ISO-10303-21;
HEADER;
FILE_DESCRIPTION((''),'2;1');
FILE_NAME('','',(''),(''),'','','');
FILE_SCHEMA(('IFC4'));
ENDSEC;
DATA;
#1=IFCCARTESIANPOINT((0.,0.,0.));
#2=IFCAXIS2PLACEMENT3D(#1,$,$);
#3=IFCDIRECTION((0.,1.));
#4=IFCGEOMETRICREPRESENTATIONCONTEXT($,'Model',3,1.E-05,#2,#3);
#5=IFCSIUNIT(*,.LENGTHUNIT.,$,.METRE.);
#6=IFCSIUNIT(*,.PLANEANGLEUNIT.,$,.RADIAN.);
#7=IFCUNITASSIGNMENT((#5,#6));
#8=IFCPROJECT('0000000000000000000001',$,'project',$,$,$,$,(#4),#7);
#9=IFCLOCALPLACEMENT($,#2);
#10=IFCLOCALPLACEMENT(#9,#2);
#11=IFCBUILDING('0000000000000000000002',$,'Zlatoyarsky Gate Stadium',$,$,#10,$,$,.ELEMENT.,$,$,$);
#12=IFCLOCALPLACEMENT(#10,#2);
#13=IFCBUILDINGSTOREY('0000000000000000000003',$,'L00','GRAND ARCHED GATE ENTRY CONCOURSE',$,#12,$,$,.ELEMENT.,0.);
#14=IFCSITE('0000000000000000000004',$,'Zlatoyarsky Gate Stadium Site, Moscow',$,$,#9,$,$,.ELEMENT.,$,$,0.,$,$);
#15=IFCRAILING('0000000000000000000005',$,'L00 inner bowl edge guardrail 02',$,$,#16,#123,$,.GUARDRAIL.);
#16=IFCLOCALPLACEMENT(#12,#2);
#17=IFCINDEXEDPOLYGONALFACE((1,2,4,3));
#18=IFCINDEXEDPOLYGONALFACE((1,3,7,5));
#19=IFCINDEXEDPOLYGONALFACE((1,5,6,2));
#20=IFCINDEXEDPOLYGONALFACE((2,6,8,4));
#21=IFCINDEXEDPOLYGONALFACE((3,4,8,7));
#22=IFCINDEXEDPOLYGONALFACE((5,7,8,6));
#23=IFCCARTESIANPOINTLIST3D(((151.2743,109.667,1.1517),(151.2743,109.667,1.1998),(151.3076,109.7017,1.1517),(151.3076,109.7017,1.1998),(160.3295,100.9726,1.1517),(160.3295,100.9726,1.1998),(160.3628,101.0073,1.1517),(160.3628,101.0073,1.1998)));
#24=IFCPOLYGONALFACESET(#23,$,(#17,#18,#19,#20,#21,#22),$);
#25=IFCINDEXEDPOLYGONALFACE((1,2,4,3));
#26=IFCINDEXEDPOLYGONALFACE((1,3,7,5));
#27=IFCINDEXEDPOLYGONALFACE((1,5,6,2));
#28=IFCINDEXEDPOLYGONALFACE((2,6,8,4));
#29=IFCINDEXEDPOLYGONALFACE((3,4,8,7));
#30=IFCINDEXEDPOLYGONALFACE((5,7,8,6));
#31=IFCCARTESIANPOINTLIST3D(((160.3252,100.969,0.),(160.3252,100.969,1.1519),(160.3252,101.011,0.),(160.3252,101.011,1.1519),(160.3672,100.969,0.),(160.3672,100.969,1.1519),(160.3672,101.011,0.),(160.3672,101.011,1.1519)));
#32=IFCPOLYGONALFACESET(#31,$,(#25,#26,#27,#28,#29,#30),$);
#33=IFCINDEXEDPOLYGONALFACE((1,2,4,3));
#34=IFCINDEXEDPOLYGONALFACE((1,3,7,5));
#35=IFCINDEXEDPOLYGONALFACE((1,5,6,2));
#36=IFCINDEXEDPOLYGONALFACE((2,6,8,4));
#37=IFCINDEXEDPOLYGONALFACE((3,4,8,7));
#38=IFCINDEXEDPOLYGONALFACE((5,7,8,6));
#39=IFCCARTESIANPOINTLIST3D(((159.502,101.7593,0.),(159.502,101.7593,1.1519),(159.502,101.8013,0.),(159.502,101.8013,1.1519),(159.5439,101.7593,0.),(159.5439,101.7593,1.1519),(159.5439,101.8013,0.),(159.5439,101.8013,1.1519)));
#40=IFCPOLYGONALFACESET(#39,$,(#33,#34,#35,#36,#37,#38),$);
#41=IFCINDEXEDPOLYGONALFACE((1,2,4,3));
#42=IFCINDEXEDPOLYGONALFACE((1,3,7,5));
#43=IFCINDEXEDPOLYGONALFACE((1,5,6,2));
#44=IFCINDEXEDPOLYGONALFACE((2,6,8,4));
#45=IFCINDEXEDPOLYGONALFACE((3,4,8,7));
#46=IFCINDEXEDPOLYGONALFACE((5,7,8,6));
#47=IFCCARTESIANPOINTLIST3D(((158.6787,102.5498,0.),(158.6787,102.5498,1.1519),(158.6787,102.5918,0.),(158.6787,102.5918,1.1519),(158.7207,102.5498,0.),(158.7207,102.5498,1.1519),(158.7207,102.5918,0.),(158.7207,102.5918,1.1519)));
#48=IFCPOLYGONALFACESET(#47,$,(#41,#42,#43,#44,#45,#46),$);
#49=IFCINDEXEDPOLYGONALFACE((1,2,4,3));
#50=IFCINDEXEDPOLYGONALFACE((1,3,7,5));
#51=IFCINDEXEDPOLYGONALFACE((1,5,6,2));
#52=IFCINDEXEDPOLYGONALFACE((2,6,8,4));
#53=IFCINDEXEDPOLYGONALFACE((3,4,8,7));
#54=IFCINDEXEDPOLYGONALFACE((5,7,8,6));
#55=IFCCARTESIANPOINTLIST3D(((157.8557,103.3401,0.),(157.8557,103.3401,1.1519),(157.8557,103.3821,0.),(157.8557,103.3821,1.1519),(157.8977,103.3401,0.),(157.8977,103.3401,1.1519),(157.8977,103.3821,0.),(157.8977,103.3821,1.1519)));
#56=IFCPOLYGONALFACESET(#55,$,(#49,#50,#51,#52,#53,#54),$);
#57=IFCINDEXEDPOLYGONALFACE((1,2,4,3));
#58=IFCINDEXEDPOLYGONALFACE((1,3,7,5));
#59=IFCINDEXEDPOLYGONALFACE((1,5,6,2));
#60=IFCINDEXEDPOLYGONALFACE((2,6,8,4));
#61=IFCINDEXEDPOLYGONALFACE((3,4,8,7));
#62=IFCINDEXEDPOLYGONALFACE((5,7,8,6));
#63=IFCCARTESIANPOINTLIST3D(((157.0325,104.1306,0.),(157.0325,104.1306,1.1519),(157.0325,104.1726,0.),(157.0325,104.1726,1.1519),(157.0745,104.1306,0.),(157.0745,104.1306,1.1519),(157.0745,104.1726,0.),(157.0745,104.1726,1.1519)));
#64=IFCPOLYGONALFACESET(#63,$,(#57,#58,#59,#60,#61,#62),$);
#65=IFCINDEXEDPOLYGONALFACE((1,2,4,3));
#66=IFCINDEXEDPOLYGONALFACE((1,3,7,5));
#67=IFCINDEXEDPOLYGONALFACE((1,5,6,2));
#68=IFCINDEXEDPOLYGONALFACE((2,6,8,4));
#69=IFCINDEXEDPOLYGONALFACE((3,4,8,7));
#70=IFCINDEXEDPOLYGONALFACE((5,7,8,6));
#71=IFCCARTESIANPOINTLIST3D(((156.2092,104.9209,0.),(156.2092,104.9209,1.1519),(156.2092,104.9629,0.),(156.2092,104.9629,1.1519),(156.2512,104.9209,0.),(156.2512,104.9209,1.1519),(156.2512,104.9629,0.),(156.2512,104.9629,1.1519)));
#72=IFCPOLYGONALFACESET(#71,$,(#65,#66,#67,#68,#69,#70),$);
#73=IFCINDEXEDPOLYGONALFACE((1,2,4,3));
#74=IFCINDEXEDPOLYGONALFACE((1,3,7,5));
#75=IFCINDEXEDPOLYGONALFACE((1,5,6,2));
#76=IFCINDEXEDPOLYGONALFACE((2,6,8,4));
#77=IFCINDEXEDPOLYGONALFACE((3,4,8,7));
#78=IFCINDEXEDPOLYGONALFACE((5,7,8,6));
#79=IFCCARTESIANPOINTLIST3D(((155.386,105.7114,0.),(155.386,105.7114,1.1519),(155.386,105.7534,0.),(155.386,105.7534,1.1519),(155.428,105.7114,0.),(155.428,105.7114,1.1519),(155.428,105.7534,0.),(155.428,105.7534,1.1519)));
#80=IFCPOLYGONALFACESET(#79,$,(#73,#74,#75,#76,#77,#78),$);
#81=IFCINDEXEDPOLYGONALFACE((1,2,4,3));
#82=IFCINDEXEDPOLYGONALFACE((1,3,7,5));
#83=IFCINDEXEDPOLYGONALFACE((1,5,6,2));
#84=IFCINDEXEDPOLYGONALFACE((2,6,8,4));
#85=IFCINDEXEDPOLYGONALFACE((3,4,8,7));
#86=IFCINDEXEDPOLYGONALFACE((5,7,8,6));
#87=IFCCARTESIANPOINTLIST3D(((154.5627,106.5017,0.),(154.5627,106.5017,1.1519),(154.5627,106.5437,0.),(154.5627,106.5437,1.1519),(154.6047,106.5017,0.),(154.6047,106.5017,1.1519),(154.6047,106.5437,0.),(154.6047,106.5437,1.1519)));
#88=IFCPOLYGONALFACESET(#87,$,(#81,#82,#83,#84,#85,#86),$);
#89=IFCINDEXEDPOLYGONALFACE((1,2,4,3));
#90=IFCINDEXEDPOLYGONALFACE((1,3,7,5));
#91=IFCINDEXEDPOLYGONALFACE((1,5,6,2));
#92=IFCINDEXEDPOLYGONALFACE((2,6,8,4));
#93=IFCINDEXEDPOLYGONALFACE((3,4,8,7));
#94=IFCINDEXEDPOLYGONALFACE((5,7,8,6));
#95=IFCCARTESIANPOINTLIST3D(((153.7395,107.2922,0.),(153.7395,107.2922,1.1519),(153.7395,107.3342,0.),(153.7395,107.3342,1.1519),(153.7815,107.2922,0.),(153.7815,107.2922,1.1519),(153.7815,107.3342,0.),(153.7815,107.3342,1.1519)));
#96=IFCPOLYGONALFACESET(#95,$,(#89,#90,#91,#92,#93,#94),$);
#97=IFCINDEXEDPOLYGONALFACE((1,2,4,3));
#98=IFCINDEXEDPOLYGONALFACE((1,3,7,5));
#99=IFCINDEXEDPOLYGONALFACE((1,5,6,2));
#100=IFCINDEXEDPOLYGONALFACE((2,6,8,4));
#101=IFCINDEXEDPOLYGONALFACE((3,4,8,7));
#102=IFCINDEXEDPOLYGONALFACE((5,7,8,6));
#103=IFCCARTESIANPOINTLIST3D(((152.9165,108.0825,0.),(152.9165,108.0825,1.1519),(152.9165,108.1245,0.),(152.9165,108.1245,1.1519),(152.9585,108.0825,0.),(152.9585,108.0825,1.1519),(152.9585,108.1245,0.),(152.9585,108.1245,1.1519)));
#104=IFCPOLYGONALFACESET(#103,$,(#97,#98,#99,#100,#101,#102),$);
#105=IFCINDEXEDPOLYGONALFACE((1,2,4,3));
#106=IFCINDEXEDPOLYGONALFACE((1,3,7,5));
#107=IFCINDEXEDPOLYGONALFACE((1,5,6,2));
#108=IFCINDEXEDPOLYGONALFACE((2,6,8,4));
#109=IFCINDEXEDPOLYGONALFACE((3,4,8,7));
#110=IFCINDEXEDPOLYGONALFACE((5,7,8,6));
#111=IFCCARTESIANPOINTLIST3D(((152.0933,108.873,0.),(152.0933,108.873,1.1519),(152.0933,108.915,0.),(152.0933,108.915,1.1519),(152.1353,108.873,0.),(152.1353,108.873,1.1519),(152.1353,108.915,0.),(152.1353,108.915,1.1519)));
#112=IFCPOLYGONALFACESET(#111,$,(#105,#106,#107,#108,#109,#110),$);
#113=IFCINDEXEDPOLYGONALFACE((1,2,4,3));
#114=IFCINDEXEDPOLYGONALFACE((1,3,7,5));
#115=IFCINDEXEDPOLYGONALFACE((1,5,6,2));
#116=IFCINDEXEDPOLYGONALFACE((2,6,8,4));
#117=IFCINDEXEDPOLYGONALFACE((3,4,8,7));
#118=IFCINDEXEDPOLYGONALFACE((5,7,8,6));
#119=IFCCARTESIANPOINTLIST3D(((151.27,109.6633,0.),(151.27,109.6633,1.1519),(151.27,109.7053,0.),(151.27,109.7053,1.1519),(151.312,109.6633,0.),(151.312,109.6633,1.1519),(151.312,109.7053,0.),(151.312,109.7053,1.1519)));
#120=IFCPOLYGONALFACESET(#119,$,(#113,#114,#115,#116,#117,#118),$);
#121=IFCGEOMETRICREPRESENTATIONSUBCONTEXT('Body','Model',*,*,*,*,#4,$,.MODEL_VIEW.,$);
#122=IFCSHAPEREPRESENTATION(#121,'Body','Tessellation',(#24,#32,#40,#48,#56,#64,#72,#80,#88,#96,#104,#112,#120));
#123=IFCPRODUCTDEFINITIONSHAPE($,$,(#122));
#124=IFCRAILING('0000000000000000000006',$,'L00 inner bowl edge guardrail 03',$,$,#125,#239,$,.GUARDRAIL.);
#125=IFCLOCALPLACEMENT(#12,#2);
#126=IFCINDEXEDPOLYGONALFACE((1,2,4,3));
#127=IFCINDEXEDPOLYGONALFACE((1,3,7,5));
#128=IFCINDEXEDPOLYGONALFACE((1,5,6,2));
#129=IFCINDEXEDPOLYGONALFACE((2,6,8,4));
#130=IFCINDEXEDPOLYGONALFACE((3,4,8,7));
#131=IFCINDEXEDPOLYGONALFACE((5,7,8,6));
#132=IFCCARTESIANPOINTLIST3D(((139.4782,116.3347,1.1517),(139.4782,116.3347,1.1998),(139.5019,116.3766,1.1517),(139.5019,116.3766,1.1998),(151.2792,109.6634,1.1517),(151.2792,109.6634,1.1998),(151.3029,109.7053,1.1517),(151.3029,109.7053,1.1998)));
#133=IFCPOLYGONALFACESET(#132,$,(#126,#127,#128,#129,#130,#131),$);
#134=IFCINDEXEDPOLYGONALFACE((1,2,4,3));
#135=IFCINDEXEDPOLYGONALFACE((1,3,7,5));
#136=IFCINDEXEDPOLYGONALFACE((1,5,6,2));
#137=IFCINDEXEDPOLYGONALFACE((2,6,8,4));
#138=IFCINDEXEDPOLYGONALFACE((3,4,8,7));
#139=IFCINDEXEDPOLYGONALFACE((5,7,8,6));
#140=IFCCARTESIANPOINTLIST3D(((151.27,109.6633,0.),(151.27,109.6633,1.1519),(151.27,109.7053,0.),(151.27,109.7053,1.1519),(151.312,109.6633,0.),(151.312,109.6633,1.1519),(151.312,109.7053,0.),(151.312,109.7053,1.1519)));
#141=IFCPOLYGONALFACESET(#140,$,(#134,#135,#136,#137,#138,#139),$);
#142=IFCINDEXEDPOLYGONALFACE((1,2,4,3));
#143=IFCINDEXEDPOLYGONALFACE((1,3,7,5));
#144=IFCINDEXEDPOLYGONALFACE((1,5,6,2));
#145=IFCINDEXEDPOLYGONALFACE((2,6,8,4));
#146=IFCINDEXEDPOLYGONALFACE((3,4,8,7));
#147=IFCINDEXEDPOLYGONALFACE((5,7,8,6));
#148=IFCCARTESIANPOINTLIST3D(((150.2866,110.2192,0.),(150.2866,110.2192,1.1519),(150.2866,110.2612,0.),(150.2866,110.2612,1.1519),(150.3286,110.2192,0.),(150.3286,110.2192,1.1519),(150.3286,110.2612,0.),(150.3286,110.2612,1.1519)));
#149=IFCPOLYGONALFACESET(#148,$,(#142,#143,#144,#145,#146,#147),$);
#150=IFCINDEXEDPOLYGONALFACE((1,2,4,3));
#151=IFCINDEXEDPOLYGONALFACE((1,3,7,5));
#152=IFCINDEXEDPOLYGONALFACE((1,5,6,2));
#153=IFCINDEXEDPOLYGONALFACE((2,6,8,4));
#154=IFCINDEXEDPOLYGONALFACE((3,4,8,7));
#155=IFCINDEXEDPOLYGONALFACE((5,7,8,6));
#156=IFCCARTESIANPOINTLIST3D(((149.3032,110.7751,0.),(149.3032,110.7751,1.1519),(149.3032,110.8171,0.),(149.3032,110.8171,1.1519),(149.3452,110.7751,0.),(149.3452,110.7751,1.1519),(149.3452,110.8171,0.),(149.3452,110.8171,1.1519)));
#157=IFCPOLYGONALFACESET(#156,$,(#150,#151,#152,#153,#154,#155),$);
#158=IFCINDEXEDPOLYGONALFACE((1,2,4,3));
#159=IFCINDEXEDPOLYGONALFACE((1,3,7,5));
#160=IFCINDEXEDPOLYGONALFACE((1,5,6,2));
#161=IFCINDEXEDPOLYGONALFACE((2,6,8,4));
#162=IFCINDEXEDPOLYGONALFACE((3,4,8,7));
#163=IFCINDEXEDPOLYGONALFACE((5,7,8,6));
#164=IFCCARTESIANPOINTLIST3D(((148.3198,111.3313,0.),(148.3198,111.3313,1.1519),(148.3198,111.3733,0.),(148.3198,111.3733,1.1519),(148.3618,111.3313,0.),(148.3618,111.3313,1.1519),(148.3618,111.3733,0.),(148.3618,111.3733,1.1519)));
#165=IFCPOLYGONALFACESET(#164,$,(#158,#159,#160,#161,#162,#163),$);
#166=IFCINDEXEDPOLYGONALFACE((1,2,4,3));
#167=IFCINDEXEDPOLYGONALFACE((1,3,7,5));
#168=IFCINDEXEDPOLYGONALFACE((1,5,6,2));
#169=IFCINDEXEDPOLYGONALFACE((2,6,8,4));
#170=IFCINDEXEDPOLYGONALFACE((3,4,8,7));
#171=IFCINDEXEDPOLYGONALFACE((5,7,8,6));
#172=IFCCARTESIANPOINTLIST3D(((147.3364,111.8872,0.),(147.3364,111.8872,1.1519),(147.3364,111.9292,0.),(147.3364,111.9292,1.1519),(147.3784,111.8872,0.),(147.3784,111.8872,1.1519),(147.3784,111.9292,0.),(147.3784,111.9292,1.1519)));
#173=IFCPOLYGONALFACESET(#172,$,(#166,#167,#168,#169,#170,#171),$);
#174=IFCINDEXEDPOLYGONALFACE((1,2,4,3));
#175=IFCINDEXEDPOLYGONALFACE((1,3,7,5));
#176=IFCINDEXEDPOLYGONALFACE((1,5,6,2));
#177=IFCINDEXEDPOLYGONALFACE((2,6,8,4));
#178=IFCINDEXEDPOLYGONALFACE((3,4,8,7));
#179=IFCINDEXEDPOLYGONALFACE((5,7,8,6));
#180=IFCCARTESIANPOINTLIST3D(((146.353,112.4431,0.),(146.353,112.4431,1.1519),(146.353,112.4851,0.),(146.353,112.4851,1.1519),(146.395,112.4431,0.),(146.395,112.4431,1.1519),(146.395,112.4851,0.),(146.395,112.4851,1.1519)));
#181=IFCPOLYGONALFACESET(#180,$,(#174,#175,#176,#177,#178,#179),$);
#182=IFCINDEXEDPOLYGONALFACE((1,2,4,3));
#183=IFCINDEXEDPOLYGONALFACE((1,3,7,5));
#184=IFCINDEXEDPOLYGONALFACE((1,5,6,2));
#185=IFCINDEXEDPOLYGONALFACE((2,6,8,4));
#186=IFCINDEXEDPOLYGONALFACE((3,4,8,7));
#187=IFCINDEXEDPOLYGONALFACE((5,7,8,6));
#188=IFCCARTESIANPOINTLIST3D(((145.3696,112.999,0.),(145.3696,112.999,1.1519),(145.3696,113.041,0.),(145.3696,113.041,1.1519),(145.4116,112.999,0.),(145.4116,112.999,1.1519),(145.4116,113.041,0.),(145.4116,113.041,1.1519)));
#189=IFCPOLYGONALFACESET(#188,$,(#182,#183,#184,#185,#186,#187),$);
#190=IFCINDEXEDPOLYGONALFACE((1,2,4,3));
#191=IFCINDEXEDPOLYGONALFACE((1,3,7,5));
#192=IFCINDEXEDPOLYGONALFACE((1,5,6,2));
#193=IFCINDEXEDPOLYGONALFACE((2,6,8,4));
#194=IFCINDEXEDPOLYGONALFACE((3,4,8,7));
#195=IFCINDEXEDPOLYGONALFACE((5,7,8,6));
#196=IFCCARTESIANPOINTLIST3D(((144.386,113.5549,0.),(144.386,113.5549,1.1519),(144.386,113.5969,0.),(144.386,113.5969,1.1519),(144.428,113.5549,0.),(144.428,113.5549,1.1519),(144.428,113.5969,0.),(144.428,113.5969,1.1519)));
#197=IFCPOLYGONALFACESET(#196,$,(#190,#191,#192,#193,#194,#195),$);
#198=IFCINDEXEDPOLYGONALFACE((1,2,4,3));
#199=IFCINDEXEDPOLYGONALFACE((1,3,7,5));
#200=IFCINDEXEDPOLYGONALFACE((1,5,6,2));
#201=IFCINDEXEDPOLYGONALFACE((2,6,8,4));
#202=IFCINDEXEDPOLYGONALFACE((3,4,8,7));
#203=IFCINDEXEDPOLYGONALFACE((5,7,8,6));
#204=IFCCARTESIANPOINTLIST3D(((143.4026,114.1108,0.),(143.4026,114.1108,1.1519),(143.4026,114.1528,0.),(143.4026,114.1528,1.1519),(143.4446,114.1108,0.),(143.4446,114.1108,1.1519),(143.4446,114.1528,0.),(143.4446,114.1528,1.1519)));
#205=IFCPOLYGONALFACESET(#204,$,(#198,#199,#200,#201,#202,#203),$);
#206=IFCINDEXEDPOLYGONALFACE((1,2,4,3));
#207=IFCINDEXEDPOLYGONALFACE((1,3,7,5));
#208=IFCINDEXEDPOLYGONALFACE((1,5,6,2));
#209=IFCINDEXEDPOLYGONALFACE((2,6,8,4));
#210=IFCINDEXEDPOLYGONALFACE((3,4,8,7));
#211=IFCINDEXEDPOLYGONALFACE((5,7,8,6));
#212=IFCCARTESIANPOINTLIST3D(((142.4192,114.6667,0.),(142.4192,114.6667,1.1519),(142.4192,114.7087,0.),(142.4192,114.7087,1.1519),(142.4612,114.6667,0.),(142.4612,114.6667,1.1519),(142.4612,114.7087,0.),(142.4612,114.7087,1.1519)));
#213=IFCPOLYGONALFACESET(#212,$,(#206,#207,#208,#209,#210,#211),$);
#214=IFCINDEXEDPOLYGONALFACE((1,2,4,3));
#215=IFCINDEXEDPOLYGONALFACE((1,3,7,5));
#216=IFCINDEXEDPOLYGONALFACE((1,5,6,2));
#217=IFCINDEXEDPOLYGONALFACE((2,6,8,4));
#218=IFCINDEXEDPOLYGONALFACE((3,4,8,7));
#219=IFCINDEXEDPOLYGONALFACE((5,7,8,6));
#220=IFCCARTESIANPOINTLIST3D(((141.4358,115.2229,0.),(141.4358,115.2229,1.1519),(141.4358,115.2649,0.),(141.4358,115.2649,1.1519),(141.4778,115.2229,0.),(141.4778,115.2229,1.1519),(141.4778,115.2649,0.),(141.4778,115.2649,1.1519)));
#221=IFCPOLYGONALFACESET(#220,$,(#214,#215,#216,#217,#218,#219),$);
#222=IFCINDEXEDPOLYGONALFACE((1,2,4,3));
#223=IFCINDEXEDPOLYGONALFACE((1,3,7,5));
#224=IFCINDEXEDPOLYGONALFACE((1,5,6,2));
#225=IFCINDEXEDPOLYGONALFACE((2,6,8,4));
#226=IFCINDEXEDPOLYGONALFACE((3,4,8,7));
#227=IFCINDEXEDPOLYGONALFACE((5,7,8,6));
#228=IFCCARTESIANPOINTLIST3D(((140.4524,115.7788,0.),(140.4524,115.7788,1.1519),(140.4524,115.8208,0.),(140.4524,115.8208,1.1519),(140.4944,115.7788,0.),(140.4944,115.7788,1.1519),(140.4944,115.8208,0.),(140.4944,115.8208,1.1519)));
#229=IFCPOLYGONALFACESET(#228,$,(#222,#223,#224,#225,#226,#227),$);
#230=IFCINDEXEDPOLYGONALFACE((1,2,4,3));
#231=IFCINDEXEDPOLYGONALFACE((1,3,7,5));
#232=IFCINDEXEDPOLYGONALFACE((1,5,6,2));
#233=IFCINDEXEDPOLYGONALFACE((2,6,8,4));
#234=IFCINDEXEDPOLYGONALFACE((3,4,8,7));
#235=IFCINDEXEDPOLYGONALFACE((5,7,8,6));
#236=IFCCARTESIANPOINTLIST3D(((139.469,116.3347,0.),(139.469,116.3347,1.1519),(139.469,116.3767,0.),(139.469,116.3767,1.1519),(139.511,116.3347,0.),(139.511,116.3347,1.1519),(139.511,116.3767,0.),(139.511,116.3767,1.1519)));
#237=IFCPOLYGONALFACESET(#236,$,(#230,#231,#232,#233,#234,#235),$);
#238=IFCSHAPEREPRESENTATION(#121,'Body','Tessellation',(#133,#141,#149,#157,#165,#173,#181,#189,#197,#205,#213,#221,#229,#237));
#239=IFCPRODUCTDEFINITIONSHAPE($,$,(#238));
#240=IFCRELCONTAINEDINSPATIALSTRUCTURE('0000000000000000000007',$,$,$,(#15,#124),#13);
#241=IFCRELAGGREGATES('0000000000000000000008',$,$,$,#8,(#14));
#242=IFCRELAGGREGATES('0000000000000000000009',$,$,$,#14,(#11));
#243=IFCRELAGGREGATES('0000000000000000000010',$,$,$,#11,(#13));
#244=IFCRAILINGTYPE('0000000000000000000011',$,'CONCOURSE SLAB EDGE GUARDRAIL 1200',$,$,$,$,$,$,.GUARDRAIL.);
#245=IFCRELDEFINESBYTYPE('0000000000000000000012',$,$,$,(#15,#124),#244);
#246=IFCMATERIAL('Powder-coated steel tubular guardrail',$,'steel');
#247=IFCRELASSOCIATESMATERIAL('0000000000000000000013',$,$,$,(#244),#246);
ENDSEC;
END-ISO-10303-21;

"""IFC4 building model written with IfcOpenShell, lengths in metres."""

from ifc_helpers import new_model, si_unit, direction, frame, origin, origin_2d, place, context, subcontext, project, spatial, rectangle, extrude, material, type_object, element, save


model = new_model("IFC4")

# Units and contexts
model_context = context("Model", 3, precision=1e-05, world=origin(), true_north=direction((0.0, 1.0)))
body_context = subcontext(model_context, "Body", "Model", "MODEL_VIEW")
ifc_project = project(units=[si_unit("LENGTHUNIT", "METRE"), si_unit("PLANEANGLEUNIT", "RADIAN")], contexts=[model_context])

# Site, building, storey
site_placement = place(None, origin())
site = spatial("IfcSite", under=ifc_project, at=site_placement, Name="Zlatoyarsky Gate Stadium Site, Moscow", CompositionType="ELEMENT", RefElevation=0.0)
building_placement = place(site_placement, origin())
building = spatial("IfcBuilding", under=site, at=building_placement, Name="Zlatoyarsky Gate Stadium", CompositionType="ELEMENT")
storey_placement = place(building_placement, origin())
storey = spatial("IfcBuildingStorey", under=building, at=storey_placement, Name="L00", Description="GRAND ARCHED GATE ENTRY CONCOURSE", CompositionType="ELEMENT", Elevation=0.0)

# Railings
ifc_material_1 = material(Name="Powder-coated steel tubular guardrail", Category="steel")
railing_type = type_object("IfcRailingType", Name="CONCOURSE SLAB EDGE GUARDRAIL 1200", PredefinedType="GUARDRAIL", material=ifc_material_1)
railing_1_placement = place(storey_placement, frame((160.3462, 100.99, 0.0)))
element("IfcRailing", 1, at=railing_1_placement, inside=storey, type_object=railing_type, Name="L00 inner bowl edge guardrail 02", PredefinedType="GUARDRAIL", context=body_context, shape_type="SweptSolid", body=[
    extrude(rectangle(XDim=0.0481, YDim=0.0481, at=origin_2d()), frame((0.0, 0.0, 1.1758), z_axis=(-0.721333, 0.692589, 0.0), x_axis=(-0.692589, -0.721333, 0.0)), (0.0, 0.0, 1.0), 12.5535),
    extrude(rectangle(XDim=0.042, YDim=0.042, at=origin_2d()), origin(), (0.0, 0.0, 1.0), 1.1519),
    extrude(rectangle(XDim=0.042, YDim=0.042, at=origin_2d()), frame((-0.8232, 0.7903, 0.0)), (0.0, 0.0, 1.0), 1.1519),
    extrude(rectangle(XDim=0.042, YDim=0.042, at=origin_2d()), frame((-1.6465, 1.5808, 0.0)), (0.0, 0.0, 1.0), 1.1519),
    extrude(rectangle(XDim=0.042, YDim=0.042, at=origin_2d()), frame((-2.4695, 2.3711, 0.0)), (0.0, 0.0, 1.0), 1.1519),
    extrude(rectangle(XDim=0.042, YDim=0.042, at=origin_2d()), frame((-3.2927, 3.1616, 0.0)), (0.0, 0.0, 1.0), 1.1519),
    extrude(rectangle(XDim=0.042, YDim=0.042, at=origin_2d()), frame((-4.116, 3.9519, 0.0)), (0.0, 0.0, 1.0), 1.1519),
    extrude(rectangle(XDim=0.042, YDim=0.042, at=origin_2d()), frame((-4.9392, 4.7424, 0.0)), (0.0, 0.0, 1.0), 1.1519),
    extrude(rectangle(XDim=0.042, YDim=0.042, at=origin_2d()), frame((-5.7625, 5.5327, 0.0)), (0.0, 0.0, 1.0), 1.1519),
    extrude(rectangle(XDim=0.042, YDim=0.042, at=origin_2d()), frame((-6.5857, 6.3232, 0.0)), (0.0, 0.0, 1.0), 1.1519),
    extrude(rectangle(XDim=0.042, YDim=0.042, at=origin_2d()), frame((-7.4087, 7.1135, 0.0)), (0.0, 0.0, 1.0), 1.1519),
    extrude(rectangle(XDim=0.042, YDim=0.042, at=origin_2d()), frame((-8.2319, 7.9041, 0.0)), (0.0, 0.0, 1.0), 1.1519),
    extrude(rectangle(XDim=0.042, YDim=0.042, at=origin_2d()), frame((-9.0552, 8.6943, 0.0)), (0.0, 0.0, 1.0), 1.1519),
])
railing_2_placement = place(storey_placement, frame((151.291, 109.6843, 0.0)))
element("IfcRailing", 2, at=railing_2_placement, inside=storey, type_object=railing_type, Name="L00 inner bowl edge guardrail 03", PredefinedType="GUARDRAIL", context=body_context, shape_type="SweptSolid", body=[
    extrude(rectangle(XDim=0.0481, YDim=0.0481, at=origin_2d()), frame((0.0, 0.0, 1.1758), z_axis=(-0.870524, 0.492127, 0.0), x_axis=(-0.492127, -0.870524, 0.0)), (0.0, 0.0, 1.0), 13.5562),
    extrude(rectangle(XDim=0.042, YDim=0.042, at=origin_2d()), origin(), (0.0, 0.0, 1.0), 1.1519),
    extrude(rectangle(XDim=0.042, YDim=0.042, at=origin_2d()), frame((-0.9834, 0.5559, 0.0)), (0.0, 0.0, 1.0), 1.1519),
    extrude(rectangle(XDim=0.042, YDim=0.042, at=origin_2d()), frame((-1.9668, 1.1118, 0.0)), (0.0, 0.0, 1.0), 1.1519),
    extrude(rectangle(XDim=0.042, YDim=0.042, at=origin_2d()), frame((-2.9502, 1.668, 0.0)), (0.0, 0.0, 1.0), 1.1519),
    extrude(rectangle(XDim=0.042, YDim=0.042, at=origin_2d()), frame((-3.9336, 2.2239, 0.0)), (0.0, 0.0, 1.0), 1.1519),
    extrude(rectangle(XDim=0.042, YDim=0.042, at=origin_2d()), frame((-4.917, 2.7798, 0.0)), (0.0, 0.0, 1.0), 1.1519),
    extrude(rectangle(XDim=0.042, YDim=0.042, at=origin_2d()), frame((-5.9004, 3.3357, 0.0)), (0.0, 0.0, 1.0), 1.1519),
    extrude(rectangle(XDim=0.042, YDim=0.042, at=origin_2d()), frame((-6.884, 3.8916, 0.0)), (0.0, 0.0, 1.0), 1.1519),
    extrude(rectangle(XDim=0.042, YDim=0.042, at=origin_2d()), frame((-7.8674, 4.4475, 0.0)), (0.0, 0.0, 1.0), 1.1519),
    extrude(rectangle(XDim=0.042, YDim=0.042, at=origin_2d()), frame((-8.8508, 5.0034, 0.0)), (0.0, 0.0, 1.0), 1.1519),
    extrude(rectangle(XDim=0.042, YDim=0.042, at=origin_2d()), frame((-9.8342, 5.5596, 0.0)), (0.0, 0.0, 1.0), 1.1519),
    extrude(rectangle(XDim=0.042, YDim=0.042, at=origin_2d()), frame((-10.8176, 6.1155, 0.0)), (0.0, 0.0, 1.0), 1.1519),
    extrude(rectangle(XDim=0.042, YDim=0.042, at=origin_2d()), frame((-11.801, 6.6714, 0.0)), (0.0, 0.0, 1.0), 1.1519),
])

save(model, "model.ifc")
